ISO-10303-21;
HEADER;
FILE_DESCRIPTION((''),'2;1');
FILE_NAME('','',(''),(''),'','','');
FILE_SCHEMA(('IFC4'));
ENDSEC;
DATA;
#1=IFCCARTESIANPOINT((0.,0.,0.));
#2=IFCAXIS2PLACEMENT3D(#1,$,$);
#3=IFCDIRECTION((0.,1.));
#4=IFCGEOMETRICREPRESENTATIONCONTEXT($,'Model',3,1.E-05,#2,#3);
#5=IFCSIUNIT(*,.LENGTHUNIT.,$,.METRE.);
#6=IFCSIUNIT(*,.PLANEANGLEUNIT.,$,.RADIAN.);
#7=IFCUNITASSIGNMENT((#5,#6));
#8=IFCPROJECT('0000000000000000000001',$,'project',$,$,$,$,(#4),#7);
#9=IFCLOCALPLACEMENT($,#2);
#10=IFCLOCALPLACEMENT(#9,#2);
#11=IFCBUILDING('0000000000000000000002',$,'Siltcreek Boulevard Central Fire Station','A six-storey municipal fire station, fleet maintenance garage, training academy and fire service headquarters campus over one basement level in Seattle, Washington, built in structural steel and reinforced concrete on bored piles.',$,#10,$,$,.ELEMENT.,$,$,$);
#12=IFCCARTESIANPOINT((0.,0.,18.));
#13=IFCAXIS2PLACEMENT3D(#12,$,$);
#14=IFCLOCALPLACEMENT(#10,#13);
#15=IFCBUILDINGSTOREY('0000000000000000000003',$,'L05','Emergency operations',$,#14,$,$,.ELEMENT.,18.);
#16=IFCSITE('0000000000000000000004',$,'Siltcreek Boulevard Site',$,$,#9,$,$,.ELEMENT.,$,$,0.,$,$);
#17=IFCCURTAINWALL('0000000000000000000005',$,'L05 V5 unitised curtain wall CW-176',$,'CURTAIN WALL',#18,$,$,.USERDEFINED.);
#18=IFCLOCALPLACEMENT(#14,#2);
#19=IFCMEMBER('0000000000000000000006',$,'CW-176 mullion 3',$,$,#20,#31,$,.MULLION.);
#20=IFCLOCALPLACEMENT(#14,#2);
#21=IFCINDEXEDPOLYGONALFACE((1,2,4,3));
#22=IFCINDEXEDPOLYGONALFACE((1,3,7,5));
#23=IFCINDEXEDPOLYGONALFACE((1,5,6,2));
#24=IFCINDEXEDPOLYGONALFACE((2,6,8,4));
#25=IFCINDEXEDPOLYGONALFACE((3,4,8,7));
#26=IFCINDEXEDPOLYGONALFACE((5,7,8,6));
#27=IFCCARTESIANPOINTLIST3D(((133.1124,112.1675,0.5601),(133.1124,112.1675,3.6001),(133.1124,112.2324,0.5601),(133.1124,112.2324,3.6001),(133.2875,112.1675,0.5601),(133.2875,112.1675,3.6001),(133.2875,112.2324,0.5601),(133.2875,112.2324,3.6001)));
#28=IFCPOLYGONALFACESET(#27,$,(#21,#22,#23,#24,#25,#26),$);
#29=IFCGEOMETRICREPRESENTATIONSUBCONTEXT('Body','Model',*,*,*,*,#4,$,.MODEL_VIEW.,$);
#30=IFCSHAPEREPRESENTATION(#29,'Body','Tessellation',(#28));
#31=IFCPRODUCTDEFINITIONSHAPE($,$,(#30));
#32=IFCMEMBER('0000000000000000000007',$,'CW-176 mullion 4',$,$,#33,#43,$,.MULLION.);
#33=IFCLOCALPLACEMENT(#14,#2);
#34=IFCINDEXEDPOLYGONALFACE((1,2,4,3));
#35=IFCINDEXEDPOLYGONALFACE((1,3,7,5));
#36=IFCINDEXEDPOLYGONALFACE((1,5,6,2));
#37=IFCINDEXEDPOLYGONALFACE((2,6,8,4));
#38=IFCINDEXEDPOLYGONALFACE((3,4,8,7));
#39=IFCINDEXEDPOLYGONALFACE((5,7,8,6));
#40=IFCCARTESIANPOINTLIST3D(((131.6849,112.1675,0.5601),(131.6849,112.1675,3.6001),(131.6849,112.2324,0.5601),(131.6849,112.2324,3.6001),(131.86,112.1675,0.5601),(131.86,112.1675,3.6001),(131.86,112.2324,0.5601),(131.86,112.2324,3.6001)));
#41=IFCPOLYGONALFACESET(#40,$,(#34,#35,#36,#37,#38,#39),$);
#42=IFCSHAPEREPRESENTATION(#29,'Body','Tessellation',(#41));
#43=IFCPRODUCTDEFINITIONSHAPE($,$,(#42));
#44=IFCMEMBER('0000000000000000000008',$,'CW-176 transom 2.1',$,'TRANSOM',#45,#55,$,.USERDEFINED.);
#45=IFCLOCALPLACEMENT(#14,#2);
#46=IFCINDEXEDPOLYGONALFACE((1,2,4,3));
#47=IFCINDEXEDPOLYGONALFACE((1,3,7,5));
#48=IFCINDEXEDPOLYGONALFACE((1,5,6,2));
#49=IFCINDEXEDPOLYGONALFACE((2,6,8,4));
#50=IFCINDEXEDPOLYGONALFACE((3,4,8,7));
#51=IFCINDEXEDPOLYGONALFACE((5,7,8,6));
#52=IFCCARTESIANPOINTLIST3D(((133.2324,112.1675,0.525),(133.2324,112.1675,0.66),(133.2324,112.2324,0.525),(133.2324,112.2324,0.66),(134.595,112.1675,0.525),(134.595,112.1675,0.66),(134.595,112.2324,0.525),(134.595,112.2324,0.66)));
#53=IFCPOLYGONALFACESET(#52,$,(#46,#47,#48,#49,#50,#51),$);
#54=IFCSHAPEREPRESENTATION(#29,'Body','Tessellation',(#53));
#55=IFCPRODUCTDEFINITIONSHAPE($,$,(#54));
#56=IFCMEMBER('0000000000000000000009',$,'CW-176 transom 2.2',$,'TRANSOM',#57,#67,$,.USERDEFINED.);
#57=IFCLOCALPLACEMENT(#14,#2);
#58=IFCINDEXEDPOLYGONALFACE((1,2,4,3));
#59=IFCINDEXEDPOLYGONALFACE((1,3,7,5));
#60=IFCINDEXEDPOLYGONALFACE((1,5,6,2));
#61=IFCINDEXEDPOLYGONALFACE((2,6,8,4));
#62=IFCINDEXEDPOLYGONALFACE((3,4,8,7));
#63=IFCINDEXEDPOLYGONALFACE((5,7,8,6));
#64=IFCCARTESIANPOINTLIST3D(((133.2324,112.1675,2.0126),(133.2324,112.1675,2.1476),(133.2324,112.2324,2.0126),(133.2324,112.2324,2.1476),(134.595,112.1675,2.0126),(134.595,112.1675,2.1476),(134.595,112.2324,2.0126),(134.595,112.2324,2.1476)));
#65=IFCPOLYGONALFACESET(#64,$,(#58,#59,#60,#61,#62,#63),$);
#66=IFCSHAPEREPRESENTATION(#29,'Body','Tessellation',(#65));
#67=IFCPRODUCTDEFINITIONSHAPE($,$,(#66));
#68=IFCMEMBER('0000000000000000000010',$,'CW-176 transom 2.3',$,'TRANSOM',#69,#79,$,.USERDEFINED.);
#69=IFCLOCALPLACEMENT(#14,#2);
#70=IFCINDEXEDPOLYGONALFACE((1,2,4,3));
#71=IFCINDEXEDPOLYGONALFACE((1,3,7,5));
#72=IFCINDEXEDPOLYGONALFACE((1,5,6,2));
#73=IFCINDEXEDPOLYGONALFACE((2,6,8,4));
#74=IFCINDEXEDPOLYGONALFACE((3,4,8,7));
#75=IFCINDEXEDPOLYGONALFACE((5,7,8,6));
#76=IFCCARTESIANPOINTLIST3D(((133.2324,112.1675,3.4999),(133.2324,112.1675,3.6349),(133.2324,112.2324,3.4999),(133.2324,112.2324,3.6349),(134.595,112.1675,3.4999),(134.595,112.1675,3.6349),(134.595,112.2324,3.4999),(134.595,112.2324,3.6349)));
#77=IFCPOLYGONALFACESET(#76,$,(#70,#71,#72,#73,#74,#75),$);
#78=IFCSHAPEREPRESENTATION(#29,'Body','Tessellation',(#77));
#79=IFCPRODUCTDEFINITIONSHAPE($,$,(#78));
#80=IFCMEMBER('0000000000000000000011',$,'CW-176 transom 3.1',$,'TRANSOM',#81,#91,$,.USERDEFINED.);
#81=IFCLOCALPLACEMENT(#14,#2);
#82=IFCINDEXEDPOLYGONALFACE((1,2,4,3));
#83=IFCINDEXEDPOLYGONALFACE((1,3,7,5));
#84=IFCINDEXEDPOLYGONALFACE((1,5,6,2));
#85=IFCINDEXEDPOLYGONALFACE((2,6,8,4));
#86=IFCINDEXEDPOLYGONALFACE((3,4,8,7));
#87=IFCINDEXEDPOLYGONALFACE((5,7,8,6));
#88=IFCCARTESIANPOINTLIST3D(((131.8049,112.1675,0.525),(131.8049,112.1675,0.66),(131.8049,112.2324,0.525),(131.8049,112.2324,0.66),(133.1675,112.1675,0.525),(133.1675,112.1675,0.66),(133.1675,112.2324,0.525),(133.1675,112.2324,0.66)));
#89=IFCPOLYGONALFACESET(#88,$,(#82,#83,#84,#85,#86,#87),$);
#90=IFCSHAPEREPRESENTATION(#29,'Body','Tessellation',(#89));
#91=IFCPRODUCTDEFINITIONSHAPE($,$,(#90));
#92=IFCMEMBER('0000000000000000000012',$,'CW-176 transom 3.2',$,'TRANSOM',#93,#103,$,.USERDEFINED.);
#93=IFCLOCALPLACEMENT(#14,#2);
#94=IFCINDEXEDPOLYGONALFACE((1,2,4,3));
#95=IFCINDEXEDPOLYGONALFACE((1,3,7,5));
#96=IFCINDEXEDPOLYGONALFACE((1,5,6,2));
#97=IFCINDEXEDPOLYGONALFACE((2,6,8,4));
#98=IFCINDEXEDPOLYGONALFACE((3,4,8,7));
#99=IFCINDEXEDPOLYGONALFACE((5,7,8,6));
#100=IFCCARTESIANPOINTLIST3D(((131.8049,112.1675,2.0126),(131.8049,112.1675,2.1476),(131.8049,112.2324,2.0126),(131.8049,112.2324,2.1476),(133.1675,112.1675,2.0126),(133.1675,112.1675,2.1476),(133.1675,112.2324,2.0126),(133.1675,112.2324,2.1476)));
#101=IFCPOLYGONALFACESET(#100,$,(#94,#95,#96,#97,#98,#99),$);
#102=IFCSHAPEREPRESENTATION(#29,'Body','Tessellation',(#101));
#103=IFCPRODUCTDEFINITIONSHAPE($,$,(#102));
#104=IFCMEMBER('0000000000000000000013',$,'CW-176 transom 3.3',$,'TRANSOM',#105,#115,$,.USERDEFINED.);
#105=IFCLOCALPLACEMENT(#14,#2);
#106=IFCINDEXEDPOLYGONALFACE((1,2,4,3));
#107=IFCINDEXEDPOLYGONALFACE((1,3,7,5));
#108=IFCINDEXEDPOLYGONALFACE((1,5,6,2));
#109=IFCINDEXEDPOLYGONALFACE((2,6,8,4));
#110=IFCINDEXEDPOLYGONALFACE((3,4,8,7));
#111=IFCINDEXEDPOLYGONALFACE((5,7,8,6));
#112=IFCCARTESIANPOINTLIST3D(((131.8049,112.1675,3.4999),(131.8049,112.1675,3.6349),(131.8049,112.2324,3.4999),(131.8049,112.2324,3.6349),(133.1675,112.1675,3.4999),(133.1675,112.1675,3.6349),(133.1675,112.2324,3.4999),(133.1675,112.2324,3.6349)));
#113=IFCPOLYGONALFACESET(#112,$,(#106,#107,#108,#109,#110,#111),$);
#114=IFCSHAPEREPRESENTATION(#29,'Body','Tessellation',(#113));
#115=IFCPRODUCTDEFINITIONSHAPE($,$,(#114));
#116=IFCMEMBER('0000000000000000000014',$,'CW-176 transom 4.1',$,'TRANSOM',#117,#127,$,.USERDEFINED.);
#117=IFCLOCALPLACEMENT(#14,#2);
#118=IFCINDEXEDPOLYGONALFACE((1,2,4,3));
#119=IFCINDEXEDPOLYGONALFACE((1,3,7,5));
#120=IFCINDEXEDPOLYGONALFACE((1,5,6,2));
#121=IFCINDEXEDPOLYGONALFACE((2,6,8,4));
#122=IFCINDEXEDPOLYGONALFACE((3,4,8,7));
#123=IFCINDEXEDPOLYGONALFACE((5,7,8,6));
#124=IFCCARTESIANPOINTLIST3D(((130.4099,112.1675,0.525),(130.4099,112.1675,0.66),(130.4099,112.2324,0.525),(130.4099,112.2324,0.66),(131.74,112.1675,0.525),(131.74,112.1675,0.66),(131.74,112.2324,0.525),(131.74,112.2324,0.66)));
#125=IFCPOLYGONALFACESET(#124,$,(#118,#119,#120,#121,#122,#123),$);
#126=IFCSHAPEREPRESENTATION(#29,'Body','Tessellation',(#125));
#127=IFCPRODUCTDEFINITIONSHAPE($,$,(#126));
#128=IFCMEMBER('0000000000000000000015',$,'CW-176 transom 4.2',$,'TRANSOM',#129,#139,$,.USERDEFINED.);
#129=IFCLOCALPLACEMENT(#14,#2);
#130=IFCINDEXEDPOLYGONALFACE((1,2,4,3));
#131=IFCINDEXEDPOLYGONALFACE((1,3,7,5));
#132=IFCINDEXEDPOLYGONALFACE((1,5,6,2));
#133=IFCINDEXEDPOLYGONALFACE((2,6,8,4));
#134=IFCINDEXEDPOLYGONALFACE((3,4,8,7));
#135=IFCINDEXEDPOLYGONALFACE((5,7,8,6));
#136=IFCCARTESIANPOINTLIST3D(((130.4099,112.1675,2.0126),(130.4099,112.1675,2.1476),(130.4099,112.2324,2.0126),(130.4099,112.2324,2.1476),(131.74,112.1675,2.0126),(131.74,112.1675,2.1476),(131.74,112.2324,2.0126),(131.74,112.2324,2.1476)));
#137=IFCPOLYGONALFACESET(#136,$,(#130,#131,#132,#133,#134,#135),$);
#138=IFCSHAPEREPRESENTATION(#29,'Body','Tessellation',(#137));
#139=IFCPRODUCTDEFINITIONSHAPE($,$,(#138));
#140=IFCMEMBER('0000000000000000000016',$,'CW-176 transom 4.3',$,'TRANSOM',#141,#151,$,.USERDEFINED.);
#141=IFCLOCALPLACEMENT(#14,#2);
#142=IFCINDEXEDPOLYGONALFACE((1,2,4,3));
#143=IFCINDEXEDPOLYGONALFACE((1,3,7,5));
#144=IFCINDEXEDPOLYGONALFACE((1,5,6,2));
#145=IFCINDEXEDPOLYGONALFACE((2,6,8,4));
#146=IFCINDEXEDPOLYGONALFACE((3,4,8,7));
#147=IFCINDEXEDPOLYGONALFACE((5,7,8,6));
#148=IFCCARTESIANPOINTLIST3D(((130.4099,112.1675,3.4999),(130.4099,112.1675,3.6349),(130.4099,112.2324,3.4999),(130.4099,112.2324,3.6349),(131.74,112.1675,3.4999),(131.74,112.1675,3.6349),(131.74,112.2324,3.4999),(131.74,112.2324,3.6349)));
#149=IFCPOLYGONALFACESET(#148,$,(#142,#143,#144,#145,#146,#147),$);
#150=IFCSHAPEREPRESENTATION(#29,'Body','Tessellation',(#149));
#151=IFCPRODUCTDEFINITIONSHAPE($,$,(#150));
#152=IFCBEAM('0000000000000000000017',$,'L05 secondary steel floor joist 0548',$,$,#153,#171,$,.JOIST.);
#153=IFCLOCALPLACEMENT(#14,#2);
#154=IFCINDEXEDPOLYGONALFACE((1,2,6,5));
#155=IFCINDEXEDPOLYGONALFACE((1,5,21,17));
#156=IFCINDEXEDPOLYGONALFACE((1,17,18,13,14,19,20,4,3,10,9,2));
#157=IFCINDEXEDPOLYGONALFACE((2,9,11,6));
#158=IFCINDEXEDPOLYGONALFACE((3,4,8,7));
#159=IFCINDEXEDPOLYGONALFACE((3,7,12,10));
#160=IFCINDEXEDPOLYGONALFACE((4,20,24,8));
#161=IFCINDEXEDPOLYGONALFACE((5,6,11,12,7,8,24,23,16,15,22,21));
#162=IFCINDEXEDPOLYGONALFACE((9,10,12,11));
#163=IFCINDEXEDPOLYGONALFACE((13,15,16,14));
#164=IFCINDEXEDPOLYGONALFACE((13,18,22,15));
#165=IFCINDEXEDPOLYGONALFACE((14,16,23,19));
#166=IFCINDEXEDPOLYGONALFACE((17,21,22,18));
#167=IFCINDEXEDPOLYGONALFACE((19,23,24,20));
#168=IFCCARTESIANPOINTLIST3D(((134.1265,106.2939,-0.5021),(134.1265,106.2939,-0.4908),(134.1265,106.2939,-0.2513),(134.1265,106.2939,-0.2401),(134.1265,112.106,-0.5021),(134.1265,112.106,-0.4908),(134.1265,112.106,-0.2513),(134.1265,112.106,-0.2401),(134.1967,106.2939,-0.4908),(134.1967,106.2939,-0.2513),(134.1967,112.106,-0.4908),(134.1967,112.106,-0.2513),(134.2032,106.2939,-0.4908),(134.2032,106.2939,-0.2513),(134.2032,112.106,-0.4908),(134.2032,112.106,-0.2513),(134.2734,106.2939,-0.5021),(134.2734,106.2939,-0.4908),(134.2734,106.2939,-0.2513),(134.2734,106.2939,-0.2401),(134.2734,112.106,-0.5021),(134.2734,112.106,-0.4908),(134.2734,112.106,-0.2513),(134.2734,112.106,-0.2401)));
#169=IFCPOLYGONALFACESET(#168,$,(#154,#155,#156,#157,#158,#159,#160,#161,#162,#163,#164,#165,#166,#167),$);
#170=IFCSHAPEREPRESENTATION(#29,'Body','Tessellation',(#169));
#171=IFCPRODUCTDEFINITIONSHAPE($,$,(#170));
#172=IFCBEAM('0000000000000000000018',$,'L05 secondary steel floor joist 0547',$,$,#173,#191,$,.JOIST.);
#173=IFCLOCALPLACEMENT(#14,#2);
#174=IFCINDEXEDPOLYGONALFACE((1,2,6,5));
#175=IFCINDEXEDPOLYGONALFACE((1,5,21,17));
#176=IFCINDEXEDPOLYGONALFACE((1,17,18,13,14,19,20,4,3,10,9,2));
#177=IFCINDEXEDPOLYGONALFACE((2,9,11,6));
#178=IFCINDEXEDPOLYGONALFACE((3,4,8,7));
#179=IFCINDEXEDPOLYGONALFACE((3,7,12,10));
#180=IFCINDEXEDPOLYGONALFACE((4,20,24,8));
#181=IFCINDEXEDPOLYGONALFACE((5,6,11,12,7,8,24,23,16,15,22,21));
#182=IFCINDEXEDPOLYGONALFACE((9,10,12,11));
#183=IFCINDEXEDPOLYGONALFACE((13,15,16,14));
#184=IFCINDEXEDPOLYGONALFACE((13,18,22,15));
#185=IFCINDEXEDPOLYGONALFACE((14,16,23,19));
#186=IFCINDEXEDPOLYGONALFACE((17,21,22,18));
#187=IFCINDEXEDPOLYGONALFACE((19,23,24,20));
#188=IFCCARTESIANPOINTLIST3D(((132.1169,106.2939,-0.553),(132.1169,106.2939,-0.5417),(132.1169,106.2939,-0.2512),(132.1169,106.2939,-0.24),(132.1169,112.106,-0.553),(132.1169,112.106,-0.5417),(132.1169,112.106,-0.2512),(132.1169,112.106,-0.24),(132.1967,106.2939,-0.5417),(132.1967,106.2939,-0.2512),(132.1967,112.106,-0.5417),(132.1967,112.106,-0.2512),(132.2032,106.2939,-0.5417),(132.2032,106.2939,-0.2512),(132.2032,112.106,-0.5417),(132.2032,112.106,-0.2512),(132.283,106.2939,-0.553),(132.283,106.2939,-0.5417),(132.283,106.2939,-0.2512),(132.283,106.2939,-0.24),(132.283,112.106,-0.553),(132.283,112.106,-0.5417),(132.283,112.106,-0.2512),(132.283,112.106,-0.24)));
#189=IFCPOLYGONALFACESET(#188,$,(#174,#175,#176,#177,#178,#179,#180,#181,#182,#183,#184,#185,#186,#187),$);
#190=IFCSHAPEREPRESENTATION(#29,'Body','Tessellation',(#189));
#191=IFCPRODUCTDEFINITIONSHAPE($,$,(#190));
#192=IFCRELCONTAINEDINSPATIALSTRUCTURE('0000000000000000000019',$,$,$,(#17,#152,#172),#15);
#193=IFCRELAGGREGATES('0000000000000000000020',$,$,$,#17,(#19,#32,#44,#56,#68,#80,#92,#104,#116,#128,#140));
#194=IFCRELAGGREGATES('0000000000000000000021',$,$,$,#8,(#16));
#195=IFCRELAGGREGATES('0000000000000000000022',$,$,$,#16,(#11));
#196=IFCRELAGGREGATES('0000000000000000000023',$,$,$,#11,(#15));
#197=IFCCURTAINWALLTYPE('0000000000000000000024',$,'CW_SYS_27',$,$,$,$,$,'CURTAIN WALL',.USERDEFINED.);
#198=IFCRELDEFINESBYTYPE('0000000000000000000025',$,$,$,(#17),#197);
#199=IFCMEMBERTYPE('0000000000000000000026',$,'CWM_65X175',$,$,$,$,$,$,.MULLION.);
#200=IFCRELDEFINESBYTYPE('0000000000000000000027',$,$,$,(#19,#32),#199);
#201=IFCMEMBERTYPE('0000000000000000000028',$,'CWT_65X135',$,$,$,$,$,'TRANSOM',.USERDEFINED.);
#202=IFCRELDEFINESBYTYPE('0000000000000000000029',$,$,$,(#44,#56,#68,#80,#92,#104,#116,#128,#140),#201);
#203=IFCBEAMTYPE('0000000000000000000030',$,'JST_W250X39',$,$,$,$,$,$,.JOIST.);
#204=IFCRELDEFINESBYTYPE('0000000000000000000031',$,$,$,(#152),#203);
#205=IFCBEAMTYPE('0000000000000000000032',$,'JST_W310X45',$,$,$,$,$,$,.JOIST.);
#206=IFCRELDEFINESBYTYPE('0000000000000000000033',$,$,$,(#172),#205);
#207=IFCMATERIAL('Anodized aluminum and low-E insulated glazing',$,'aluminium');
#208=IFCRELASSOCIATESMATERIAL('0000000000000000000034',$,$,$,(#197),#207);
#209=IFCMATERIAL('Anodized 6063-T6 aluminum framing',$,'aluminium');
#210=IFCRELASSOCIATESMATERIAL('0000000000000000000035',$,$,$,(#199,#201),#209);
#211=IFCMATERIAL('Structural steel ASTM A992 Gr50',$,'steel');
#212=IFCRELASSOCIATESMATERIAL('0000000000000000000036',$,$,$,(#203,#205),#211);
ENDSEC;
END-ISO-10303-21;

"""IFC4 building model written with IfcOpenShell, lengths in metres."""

from ifc_helpers import new_model, si_unit, direction, frame, origin, origin_2d, place, context, subcontext, project, spatial, rectangle, i_section, extrude, material, material_profile, profile_set, type_object, element, aggregate, save


model = new_model("IFC4")

# Units and contexts
model_context = context("Model", 3, precision=1e-05, world=origin(), true_north=direction((0.0, 1.0)))
body_context = subcontext(model_context, "Body", "Model", "MODEL_VIEW")
ifc_project = project(units=[si_unit("LENGTHUNIT", "METRE"), si_unit("PLANEANGLEUNIT", "RADIAN")], contexts=[model_context])

# Site, building, storey
site_placement = place(None, origin())
site = spatial("IfcSite", under=ifc_project, at=site_placement, Name="Siltcreek Boulevard Site", CompositionType="ELEMENT", RefElevation=0.0)
building_placement = place(site_placement, origin())
building = spatial("IfcBuilding", under=site, at=building_placement, Name="Siltcreek Boulevard Central Fire Station", Description="A six-storey municipal fire station, fleet maintenance garage, training academy and fire service headquarters campus over one basement level in Seattle, Washington, built in structural steel and reinforced concrete on bored piles.", CompositionType="ELEMENT")
storey_placement = place(building_placement, frame((0.0, 0.0, 18.0)))
storey = spatial("IfcBuildingStorey", under=building, at=storey_placement, Name="L05", Description="Emergency operations", CompositionType="ELEMENT", Elevation=18.0)

# Curtain wall, members
ifc_material_1 = material(Name="Anodized aluminum and low-E insulated glazing", Category="aluminium")
curtain_wall_type = type_object("IfcCurtainWallType", Name="CW_SYS_27", ElementType="CURTAIN WALL", PredefinedType="USERDEFINED", material=ifc_material_1)
curtain_wall_placement = place(storey_placement, origin())
curtain_wall = element("IfcCurtainWall", 1, at=curtain_wall_placement, inside=storey, type_object=curtain_wall_type, Name="L05 V5 unitised curtain wall CW-176", ObjectType="CURTAIN WALL", PredefinedType="USERDEFINED")
ifc_material_2 = material(Name="Anodized 6063-T6 aluminum framing", Category="aluminium")
ifc_material_profile_1 = material_profile(ifc_material_2, rectangle(XDim=0.0649, YDim=0.175, at=origin_2d()), Name="MULL65X175")
ifc_profile_set_1 = profile_set([ifc_material_profile_1], Name="Anodized 6063-T6 aluminum framing")
member_type_1 = type_object("IfcMemberType", Name="CWM_65X175", PredefinedType="MULLION", material=ifc_profile_set_1)
member_1_placement = place(storey_placement, frame((133.2, 112.2, 0.5601), z_axis=(0.0, 0.0, 1.0), x_axis=(0.0, -1.0, 0.0)))
member_1 = element("IfcMember", 2, at=member_1_placement, type_object=member_type_1, Name="CW-176 mullion 3", PredefinedType="MULLION", context=body_context, shape_type="SweptSolid", body=[
    extrude(rectangle(XDim=0.0649, YDim=0.175, at=origin_2d()), origin(), (0.0, 0.0, 1.0), 3.04),
])
member_2_placement = place(storey_placement, frame((131.7725, 112.2, 0.5601), z_axis=(0.0, 0.0, 1.0), x_axis=(0.0, -1.0, 0.0)))
member_2 = element("IfcMember", 3, at=member_2_placement, type_object=member_type_1, Name="CW-176 mullion 4", PredefinedType="MULLION", context=body_context, shape_type="SweptSolid", body=[
    extrude(rectangle(XDim=0.0649, YDim=0.175, at=origin_2d()), origin(), (0.0, 0.0, 1.0), 3.04),
])
ifc_material_profile_2 = material_profile(ifc_material_2, rectangle(XDim=0.0649, YDim=0.135, at=origin_2d()), Name="TRAN65X135")
ifc_profile_set_2 = profile_set([ifc_material_profile_2], Name="Anodized 6063-T6 aluminum framing")
member_type_2 = type_object("IfcMemberType", Name="CWT_65X135", ElementType="TRANSOM", PredefinedType="USERDEFINED", material=ifc_profile_set_2)
member_3_placement = place(storey_placement, frame((134.595, 112.2, 0.5925), z_axis=(-1.0, 0.0, 0.0), x_axis=(0.0, -1.0, 0.0)))
member_3 = element("IfcMember", 4, at=member_3_placement, type_object=member_type_2, Name="CW-176 transom 2.1", ObjectType="TRANSOM", PredefinedType="USERDEFINED", context=body_context, shape_type="SweptSolid", body=[
    extrude(rectangle(XDim=0.0649, YDim=0.135, at=origin_2d()), origin(), (0.0, 0.0, 1.0), 1.3625),
])
member_4_placement = place(storey_placement, frame((134.595, 112.2, 2.0801), z_axis=(-1.0, 0.0, 0.0), x_axis=(0.0, -1.0, 0.0)))
member_4 = element("IfcMember", 5, at=member_4_placement, type_object=member_type_2, Name="CW-176 transom 2.2", ObjectType="TRANSOM", PredefinedType="USERDEFINED", context=body_context, shape_type="SweptSolid", body=[
    extrude(rectangle(XDim=0.0649, YDim=0.135, at=origin_2d()), origin(), (0.0, 0.0, 1.0), 1.3625),
])
member_5_placement = place(storey_placement, frame((134.595, 112.2, 3.5674), z_axis=(-1.0, 0.0, 0.0), x_axis=(0.0, -1.0, 0.0)))
member_5 = element("IfcMember", 6, at=member_5_placement, type_object=member_type_2, Name="CW-176 transom 2.3", ObjectType="TRANSOM", PredefinedType="USERDEFINED", context=body_context, shape_type="SweptSolid", body=[
    extrude(rectangle(XDim=0.0649, YDim=0.135, at=origin_2d()), origin(), (0.0, 0.0, 1.0), 1.3625),
])
member_6_placement = place(storey_placement, frame((133.1675, 112.2, 0.5925), z_axis=(-1.0, 0.0, 0.0), x_axis=(0.0, -1.0, 0.0)))
member_6 = element("IfcMember", 7, at=member_6_placement, type_object=member_type_2, Name="CW-176 transom 3.1", ObjectType="TRANSOM", PredefinedType="USERDEFINED", context=body_context, shape_type="SweptSolid", body=[
    extrude(rectangle(XDim=0.0649, YDim=0.135, at=origin_2d()), origin(), (0.0, 0.0, 1.0), 1.3625),
])
member_7_placement = place(storey_placement, frame((133.1675, 112.2, 2.0801), z_axis=(-1.0, 0.0, 0.0), x_axis=(0.0, -1.0, 0.0)))
member_7 = element("IfcMember", 8, at=member_7_placement, type_object=member_type_2, Name="CW-176 transom 3.2", ObjectType="TRANSOM", PredefinedType="USERDEFINED", context=body_context, shape_type="SweptSolid", body=[
    extrude(rectangle(XDim=0.0649, YDim=0.135, at=origin_2d()), origin(), (0.0, 0.0, 1.0), 1.3625),
])
member_8_placement = place(storey_placement, frame((133.1675, 112.2, 3.5674), z_axis=(-1.0, 0.0, 0.0), x_axis=(0.0, -1.0, 0.0)))
member_8 = element("IfcMember", 9, at=member_8_placement, type_object=member_type_2, Name="CW-176 transom 3.3", ObjectType="TRANSOM", PredefinedType="USERDEFINED", context=body_context, shape_type="SweptSolid", body=[
    extrude(rectangle(XDim=0.0649, YDim=0.135, at=origin_2d()), origin(), (0.0, 0.0, 1.0), 1.3625),
])
member_9_placement = place(storey_placement, frame((131.74, 112.2, 0.5925), z_axis=(-1.0, 0.0, 0.0), x_axis=(0.0, -1.0, 0.0)))
member_9 = element("IfcMember", 10, at=member_9_placement, type_object=member_type_2, Name="CW-176 transom 4.1", ObjectType="TRANSOM", PredefinedType="USERDEFINED", context=body_context, shape_type="SweptSolid", body=[
    extrude(rectangle(XDim=0.0649, YDim=0.135, at=origin_2d()), origin(), (0.0, 0.0, 1.0), 1.3301),
])
member_10_placement = place(storey_placement, frame((131.74, 112.2, 2.0801), z_axis=(-1.0, 0.0, 0.0), x_axis=(0.0, -1.0, 0.0)))
member_10 = element("IfcMember", 11, at=member_10_placement, type_object=member_type_2, Name="CW-176 transom 4.2", ObjectType="TRANSOM", PredefinedType="USERDEFINED", context=body_context, shape_type="SweptSolid", body=[
    extrude(rectangle(XDim=0.0649, YDim=0.135, at=origin_2d()), origin(), (0.0, 0.0, 1.0), 1.3301),
])
member_11_placement = place(storey_placement, frame((131.74, 112.2, 3.5674), z_axis=(-1.0, 0.0, 0.0), x_axis=(0.0, -1.0, 0.0)))
member_11 = element("IfcMember", 12, at=member_11_placement, type_object=member_type_2, Name="CW-176 transom 4.3", ObjectType="TRANSOM", PredefinedType="USERDEFINED", context=body_context, shape_type="SweptSolid", body=[
    extrude(rectangle(XDim=0.0649, YDim=0.135, at=origin_2d()), origin(), (0.0, 0.0, 1.0), 1.3301),
])

# Beams
ifc_material_3 = material(Name="Structural steel ASTM A992 Gr50", Category="steel")
ifc_material_profile_3 = material_profile(ifc_material_3, i_section(OverallWidth=0.147, OverallDepth=0.262, WebThickness=0.0066, FlangeThickness=0.0112, at=origin_2d()), Name="W250X39")
ifc_profile_set_3 = profile_set([ifc_material_profile_3], Name="Structural steel ASTM A992 Gr50")
beam_type_1 = type_object("IfcBeamType", Name="JST_W250X39", PredefinedType="JOIST", material=ifc_profile_set_3)
beam_1_placement = place(storey_placement, frame((134.2, 106.2939, -0.3711), z_axis=(0.0, 1.0, 0.0), x_axis=(-1.0, 0.0, 0.0)))
element("IfcBeam", 13, at=beam_1_placement, inside=storey, type_object=beam_type_1, Name="L05 secondary steel floor joist 0548", PredefinedType="JOIST", context=body_context, shape_type="SweptSolid", body=[
    extrude(i_section(OverallWidth=0.147, OverallDepth=0.262, WebThickness=0.0066, FlangeThickness=0.0112, at=origin_2d()), origin(), (0.0, 0.0, 1.0), 5.812),
])
ifc_material_profile_4 = material_profile(ifc_material_3, i_section(OverallWidth=0.166, OverallDepth=0.313, WebThickness=0.0066, FlangeThickness=0.0112, at=origin_2d()), Name="W310X45")
ifc_profile_set_4 = profile_set([ifc_material_profile_4], Name="Structural steel ASTM A992 Gr50")
beam_type_2 = type_object("IfcBeamType", Name="JST_W310X45", PredefinedType="JOIST", material=ifc_profile_set_4)
beam_2_placement = place(storey_placement, frame((132.2, 106.2939, -0.3965), z_axis=(0.0, 1.0, 0.0), x_axis=(-1.0, 0.0, 0.0)))
element("IfcBeam", 14, at=beam_2_placement, inside=storey, type_object=beam_type_2, Name="L05 secondary steel floor joist 0547", PredefinedType="JOIST", context=body_context, shape_type="SweptSolid", body=[
    extrude(i_section(OverallWidth=0.166, OverallDepth=0.313, WebThickness=0.0066, FlangeThickness=0.0112, at=origin_2d()), origin(), (0.0, 0.0, 1.0), 5.812),
])

aggregate(curtain_wall, [member_1, member_2, member_3, member_4, member_5, member_6, member_7, member_8, member_9, member_10, member_11])

save(model, "model.ifc")
